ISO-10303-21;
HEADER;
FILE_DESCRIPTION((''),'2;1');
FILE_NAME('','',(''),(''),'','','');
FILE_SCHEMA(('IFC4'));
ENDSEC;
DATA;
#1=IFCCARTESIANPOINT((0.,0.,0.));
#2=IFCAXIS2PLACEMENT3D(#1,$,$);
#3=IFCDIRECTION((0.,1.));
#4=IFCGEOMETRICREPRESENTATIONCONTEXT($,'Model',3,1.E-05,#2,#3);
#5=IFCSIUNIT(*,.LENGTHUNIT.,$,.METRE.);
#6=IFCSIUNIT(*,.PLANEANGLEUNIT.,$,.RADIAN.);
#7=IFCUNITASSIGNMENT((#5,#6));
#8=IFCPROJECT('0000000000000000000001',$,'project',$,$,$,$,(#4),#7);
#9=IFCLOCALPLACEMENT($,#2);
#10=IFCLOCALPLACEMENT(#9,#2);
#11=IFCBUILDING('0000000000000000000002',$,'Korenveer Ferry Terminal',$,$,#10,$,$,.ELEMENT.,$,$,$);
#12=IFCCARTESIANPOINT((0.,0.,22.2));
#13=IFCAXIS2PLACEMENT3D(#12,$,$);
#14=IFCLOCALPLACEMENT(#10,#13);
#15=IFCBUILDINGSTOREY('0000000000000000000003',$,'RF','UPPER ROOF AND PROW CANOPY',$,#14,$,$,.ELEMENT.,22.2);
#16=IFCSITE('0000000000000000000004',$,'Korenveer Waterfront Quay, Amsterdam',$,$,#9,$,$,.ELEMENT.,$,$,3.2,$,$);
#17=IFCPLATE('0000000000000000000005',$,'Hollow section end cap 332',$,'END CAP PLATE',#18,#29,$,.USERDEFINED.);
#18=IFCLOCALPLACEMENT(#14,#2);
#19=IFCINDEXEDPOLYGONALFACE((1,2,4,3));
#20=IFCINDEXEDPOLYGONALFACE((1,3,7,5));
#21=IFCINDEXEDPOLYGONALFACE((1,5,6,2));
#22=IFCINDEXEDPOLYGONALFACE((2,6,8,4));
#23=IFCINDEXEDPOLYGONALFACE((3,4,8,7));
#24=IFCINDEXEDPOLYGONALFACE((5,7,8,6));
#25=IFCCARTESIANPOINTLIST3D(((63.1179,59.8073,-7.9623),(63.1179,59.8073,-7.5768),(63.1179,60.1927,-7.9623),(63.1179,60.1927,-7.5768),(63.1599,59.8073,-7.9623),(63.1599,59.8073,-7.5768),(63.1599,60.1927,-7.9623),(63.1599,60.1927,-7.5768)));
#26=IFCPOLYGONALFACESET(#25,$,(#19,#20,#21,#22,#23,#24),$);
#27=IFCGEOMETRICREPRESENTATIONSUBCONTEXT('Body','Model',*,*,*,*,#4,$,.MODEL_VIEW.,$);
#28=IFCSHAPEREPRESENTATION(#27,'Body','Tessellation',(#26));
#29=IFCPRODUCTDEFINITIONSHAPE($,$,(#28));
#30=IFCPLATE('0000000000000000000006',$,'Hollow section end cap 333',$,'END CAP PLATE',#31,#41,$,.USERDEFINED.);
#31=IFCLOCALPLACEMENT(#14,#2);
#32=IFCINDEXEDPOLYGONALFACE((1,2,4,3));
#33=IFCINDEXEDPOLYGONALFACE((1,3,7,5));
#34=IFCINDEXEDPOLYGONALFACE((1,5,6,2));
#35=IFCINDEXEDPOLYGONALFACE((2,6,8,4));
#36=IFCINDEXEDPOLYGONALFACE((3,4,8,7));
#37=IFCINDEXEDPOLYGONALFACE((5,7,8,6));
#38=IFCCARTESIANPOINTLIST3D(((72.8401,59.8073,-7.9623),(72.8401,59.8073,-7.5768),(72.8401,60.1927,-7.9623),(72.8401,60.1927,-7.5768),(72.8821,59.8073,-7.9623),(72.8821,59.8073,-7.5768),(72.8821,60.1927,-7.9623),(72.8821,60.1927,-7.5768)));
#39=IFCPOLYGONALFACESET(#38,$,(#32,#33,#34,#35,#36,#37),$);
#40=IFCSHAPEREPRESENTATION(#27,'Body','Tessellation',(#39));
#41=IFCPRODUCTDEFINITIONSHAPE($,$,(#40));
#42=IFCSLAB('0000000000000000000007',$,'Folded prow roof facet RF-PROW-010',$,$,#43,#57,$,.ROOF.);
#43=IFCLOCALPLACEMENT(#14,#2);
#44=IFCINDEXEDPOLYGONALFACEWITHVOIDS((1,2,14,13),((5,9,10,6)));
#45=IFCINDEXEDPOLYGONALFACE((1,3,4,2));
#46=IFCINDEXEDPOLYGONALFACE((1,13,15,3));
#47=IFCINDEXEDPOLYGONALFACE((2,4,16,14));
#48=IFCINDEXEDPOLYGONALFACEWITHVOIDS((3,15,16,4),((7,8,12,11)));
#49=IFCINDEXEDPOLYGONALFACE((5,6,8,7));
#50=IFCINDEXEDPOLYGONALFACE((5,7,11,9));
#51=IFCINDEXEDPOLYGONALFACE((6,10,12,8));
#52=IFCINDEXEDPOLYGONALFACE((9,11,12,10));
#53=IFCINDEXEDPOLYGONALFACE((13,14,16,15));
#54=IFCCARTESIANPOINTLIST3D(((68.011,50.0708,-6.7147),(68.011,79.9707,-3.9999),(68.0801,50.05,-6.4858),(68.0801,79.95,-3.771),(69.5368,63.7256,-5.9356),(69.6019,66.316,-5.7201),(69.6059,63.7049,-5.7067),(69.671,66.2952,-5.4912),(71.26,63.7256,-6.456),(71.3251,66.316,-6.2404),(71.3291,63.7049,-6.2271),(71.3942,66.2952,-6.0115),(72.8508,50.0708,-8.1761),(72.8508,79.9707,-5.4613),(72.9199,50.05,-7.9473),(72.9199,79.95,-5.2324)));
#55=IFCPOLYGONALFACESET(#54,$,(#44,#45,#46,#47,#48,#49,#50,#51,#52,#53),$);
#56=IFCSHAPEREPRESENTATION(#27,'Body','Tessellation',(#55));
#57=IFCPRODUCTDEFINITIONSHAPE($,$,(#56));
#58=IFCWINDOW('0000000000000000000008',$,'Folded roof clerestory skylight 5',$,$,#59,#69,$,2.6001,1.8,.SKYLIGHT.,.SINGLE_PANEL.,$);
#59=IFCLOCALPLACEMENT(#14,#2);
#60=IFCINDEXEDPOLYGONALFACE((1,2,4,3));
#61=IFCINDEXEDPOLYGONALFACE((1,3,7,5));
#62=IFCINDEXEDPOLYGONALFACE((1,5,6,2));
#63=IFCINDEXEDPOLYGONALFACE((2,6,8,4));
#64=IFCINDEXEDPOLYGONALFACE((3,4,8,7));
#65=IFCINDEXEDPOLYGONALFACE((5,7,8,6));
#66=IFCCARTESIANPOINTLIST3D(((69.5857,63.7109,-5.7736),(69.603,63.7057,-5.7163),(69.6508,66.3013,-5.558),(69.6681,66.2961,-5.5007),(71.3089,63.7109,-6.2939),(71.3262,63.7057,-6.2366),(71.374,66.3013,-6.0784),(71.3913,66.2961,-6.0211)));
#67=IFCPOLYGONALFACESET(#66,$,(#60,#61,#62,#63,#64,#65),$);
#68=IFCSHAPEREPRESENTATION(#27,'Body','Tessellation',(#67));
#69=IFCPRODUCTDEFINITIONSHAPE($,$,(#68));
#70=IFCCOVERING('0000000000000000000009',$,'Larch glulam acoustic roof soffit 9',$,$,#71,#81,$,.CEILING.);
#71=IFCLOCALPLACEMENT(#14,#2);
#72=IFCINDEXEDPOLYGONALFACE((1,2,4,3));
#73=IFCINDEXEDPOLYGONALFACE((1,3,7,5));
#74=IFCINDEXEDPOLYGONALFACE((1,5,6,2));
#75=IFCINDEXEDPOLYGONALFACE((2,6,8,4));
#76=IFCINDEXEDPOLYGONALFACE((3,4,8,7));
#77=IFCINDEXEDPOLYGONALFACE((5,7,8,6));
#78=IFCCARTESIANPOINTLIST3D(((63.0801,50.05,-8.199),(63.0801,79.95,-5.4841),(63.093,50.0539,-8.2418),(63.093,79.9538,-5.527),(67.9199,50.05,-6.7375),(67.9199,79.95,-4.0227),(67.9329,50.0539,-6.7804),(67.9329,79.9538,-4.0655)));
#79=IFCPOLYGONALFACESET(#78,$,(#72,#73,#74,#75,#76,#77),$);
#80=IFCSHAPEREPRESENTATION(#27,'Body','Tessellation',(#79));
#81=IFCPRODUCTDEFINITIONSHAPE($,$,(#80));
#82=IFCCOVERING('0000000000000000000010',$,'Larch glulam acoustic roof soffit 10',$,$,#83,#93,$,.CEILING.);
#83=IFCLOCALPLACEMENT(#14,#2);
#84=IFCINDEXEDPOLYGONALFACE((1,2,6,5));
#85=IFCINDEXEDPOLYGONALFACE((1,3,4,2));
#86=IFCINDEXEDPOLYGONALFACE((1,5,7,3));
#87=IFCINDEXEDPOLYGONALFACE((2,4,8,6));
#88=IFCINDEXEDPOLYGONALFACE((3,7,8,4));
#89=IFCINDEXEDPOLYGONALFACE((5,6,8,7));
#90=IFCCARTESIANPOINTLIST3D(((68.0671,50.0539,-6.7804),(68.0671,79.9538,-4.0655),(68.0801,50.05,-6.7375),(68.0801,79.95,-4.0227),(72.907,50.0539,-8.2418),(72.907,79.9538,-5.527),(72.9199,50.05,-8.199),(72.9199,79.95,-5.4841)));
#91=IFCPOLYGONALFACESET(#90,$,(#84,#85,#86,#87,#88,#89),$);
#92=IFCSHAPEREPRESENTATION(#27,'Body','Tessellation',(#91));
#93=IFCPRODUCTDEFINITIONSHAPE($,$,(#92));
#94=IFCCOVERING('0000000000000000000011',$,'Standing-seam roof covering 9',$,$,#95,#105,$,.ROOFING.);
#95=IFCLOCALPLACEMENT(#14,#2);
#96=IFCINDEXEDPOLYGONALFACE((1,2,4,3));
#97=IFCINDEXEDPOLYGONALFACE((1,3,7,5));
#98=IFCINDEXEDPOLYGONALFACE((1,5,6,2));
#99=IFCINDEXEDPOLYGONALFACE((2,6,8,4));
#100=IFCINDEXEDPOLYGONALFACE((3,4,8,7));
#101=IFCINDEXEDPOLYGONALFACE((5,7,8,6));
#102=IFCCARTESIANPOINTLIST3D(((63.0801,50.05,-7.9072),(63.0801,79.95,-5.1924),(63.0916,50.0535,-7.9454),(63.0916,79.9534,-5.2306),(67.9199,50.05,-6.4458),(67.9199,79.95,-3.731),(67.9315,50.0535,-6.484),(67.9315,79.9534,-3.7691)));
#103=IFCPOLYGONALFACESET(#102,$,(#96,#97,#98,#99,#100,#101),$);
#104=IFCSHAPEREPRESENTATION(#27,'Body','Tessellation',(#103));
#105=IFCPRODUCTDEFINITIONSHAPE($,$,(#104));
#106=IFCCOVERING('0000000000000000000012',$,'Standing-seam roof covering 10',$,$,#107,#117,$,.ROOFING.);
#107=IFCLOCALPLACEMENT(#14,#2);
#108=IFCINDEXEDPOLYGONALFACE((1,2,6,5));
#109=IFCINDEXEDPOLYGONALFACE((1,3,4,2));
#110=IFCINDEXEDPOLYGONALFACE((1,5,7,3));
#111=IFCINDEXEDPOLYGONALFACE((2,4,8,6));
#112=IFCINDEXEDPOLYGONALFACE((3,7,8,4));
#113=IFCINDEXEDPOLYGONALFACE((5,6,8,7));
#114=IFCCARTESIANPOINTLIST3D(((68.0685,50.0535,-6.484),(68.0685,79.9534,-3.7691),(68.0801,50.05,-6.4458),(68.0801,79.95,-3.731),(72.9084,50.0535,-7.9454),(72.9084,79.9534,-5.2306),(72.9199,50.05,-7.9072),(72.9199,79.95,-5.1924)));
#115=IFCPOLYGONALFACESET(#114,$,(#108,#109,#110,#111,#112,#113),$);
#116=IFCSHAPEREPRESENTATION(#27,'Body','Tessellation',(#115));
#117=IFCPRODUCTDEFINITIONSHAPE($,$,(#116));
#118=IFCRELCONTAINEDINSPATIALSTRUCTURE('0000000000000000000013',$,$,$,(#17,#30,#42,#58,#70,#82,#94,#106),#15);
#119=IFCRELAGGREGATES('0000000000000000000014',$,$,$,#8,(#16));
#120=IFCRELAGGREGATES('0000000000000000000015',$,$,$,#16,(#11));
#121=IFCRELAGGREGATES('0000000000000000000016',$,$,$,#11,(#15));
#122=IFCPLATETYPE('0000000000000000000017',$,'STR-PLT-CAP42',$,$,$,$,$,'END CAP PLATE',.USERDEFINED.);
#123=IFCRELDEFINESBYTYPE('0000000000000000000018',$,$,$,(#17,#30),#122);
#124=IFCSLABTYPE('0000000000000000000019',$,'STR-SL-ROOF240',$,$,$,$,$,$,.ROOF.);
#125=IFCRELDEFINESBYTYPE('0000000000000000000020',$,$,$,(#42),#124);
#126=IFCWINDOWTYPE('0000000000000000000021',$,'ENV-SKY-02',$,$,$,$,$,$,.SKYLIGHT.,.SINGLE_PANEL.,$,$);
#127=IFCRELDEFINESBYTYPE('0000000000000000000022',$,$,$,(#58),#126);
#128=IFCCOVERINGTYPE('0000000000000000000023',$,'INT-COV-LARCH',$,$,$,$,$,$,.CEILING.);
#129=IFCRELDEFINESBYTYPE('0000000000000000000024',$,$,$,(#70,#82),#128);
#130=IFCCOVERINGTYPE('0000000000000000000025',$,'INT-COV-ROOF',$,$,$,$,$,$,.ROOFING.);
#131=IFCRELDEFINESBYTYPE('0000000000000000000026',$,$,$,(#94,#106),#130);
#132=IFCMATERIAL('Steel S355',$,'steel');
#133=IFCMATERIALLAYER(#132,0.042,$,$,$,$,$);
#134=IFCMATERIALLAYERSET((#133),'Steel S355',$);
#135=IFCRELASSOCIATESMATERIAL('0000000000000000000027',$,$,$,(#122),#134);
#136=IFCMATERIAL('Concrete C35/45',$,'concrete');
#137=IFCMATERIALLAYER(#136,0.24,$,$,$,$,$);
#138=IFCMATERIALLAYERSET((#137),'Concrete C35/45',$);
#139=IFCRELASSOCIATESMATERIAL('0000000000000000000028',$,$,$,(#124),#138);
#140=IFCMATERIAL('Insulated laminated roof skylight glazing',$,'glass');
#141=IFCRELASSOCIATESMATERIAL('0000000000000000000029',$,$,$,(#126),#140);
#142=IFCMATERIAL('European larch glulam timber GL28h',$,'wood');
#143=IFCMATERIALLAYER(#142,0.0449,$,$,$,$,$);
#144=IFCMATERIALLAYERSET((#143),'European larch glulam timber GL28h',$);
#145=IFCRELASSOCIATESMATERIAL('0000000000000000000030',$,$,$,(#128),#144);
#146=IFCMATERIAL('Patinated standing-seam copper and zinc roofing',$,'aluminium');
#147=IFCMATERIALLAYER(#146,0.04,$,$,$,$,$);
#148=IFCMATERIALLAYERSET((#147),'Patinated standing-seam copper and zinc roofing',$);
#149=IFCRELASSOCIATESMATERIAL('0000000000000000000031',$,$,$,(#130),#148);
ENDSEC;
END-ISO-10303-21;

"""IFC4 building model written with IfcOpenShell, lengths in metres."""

from ifc_helpers import new_model, si_unit, direction, frame, origin, origin_2d, place, context, subcontext, project, spatial, polyline, rectangle, outline, extrude, material, layer, layer_set, type_object, element, fill, save


model = new_model("IFC4")

# Units and contexts
model_context = context("Model", 3, precision=1e-05, world=origin(), true_north=direction((0.0, 1.0)))
body_context = subcontext(model_context, "Body", "Model", "MODEL_VIEW")
ifc_project = project(units=[si_unit("LENGTHUNIT", "METRE"), si_unit("PLANEANGLEUNIT", "RADIAN")], contexts=[model_context])

# Site, building, storey
site_placement = place(None, origin())
site = spatial("IfcSite", under=ifc_project, at=site_placement, Name="Korenveer Waterfront Quay, Amsterdam", CompositionType="ELEMENT", RefElevation=3.2)
building_placement = place(site_placement, origin())
building = spatial("IfcBuilding", under=site, at=building_placement, Name="Korenveer Ferry Terminal", CompositionType="ELEMENT")
storey_placement = place(building_placement, frame((0.0, 0.0, 22.2)))
storey = spatial("IfcBuildingStorey", under=building, at=storey_placement, Name="RF", Description="UPPER ROOF AND PROW CANOPY", CompositionType="ELEMENT", Elevation=22.2)

# Shared definitions
ifc_material_1 = material(Name="Steel S355", Category="steel")

# Plates
ifc_layer_1 = layer(ifc_material_1, 0.042)
ifc_layer_set_1 = layer_set([ifc_layer_1], Name="Steel S355")
plate_type_1 = type_object("IfcPlateType", Name="STR-PLT-CAP42", ElementType="END CAP PLATE", PredefinedType="USERDEFINED", material=ifc_layer_set_1)
for number, where, z_axis, x_axis, name in (
    (1, (63.1179, 60.0, -7.7695), (1.0, 0.0, 0.0), (0.0, 1.0, 0.0), "Hollow section end cap 332"),
    (2, (72.8401, 60.0, -7.7695), (1.0, 0.0, 0.0), (0.0, 1.0, 0.0), "Hollow section end cap 333"),
):
    element("IfcPlate", number, at=place(storey_placement, frame(where, z_axis=z_axis, x_axis=x_axis)), inside=storey, type_object=plate_type_1, Name=name, ObjectType="END CAP PLATE", PredefinedType="USERDEFINED", context=body_context, shape_type="SweptSolid", body=[
        extrude(rectangle(XDim=0.3855, YDim=0.3855, at=origin_2d()), origin(), (0.0, 0.0, 1.0), 0.042),
    ])

# Slab, opening, window
ifc_material_2 = material(Name="Concrete C35/45", Category="concrete")
ifc_layer_2 = layer(ifc_material_2, 0.24)
ifc_layer_set_2 = layer_set([ifc_layer_2], Name="Concrete C35/45")
slab_type = type_object("IfcSlabType", Name="STR-SL-ROOF240", PredefinedType="ROOF", material=ifc_layer_set_2)
slab_placement = place(storey_placement, frame((68.0801, 50.05, -6.4858), z_axis=(0.287981, -0.086595, 0.953713), x_axis=(0.957309, 0.0, -0.289066)))
slab = element("IfcSlab", 3, at=slab_placement, inside=storey, type_object=slab_type, Name="Folded prow roof facet RF-PROW-010", PredefinedType="ROOF", context=body_context, shape_type="SweptSolid", body=[
    extrude(outline(polyline([(0.0, 0.0), (5.0557, 0.0), (4.2709, 30.0126), (-0.7848, 30.0126), (0.0, 0.0)])), origin(), (0.0, 0.0, -1.0), 0.24),
])
opening_placement = place(slab_placement, frame((2.1355, 15.0063, 0.01)))
opening = element("IfcOpeningElement", 4, at=opening_placement, cuts=slab, PredefinedType="OPENING", context=body_context, shape_type="SweptSolid", body=[
    extrude(rectangle(XDim=1.8, YDim=2.6001, at=origin_2d()), origin(), (0.0, 0.0, -1.0), 0.26),
])
ifc_material_3 = material(Name="Insulated laminated roof skylight glazing", Category="glass")
window_type = type_object("IfcWindowType", Name="ENV-SKY-02", PartitioningType="SINGLE_PANEL", PredefinedType="SKYLIGHT", material=ifc_material_3)
window_placement = place(slab_placement, frame((2.1355, 15.0063, -0.01)))
window = element("IfcWindow", 5, at=window_placement, inside=storey, type_object=window_type, Name="Folded roof clerestory skylight 5", OverallHeight=2.6001, OverallWidth=1.8, PartitioningType="SINGLE_PANEL", PredefinedType="SKYLIGHT", context=body_context, shape_type="SweptSolid", body=[
    extrude(rectangle(XDim=1.8, YDim=2.6001, at=origin_2d()), origin(), (0.0, 0.0, -1.0), 0.0601),
])
fill(opening, window)

# Coverings
ifc_material_4 = material(Name="European larch glulam timber GL28h", Category="wood")
ifc_layer_3 = layer(ifc_material_4, 0.0449)
ifc_layer_set_3 = layer_set([ifc_layer_3], Name="European larch glulam timber GL28h")
covering_type_1 = type_object("IfcCoveringType", Name="INT-COV-LARCH", PredefinedType="CEILING", material=ifc_layer_set_3)
covering_1_placement = place(storey_placement, frame((63.0801, 50.05, -8.199), z_axis=(-0.287981, -0.086595, 0.953713), x_axis=(0.957309, 0.0, 0.289066)))
element("IfcCovering", 6, at=covering_1_placement, inside=storey, type_object=covering_type_1, Name="Larch glulam acoustic roof soffit 9", PredefinedType="CEILING", context=body_context, shape_type="SweptSolid", body=[
    extrude(outline(polyline([(0.0, 0.0), (5.0557, 0.0), (5.8404, 30.0126), (0.7848, 30.0126), (0.0, 0.0)])), origin(), (0.0, 0.0, -1.0), 0.0449),
])
covering_2_placement = place(storey_placement, frame((68.0801, 50.05, -6.7375), z_axis=(0.287981, -0.086595, 0.953713), x_axis=(0.957309, 0.0, -0.289066)))
element("IfcCovering", 7, at=covering_2_placement, inside=storey, type_object=covering_type_1, Name="Larch glulam acoustic roof soffit 10", PredefinedType="CEILING", context=body_context, shape_type="SweptSolid", body=[
    extrude(outline(polyline([(0.0, 0.0), (5.0557, 0.0), (4.2709, 30.0126), (-0.7848, 30.0126), (0.0, 0.0)])), origin(), (0.0, 0.0, -1.0), 0.0449),
])
ifc_material_5 = material(Name="Patinated standing-seam copper and zinc roofing", Category="aluminium")
ifc_layer_4 = layer(ifc_material_5, 0.04)
ifc_layer_set_4 = layer_set([ifc_layer_4], Name="Patinated standing-seam copper and zinc roofing")
covering_type_2 = type_object("IfcCoveringType", Name="INT-COV-ROOF", PredefinedType="ROOFING", material=ifc_layer_set_4)
covering_3_placement = place(storey_placement, frame((63.0801, 50.05, -7.9072), z_axis=(-0.287981, -0.086595, 0.953713), x_axis=(0.957309, 0.0, 0.289066)))
element("IfcCovering", 8, at=covering_3_placement, inside=storey, type_object=covering_type_2, Name="Standing-seam roof covering 9", PredefinedType="ROOFING", context=body_context, shape_type="SweptSolid", body=[
    extrude(outline(polyline([(0.0, 0.0), (5.0557, 0.0), (5.8404, 30.0126), (0.7848, 30.0126), (0.0, 0.0)])), origin(), (0.0, 0.0, -1.0), 0.04),
])
covering_4_placement = place(storey_placement, frame((68.0801, 50.05, -6.4458), z_axis=(0.287981, -0.086595, 0.953713), x_axis=(0.957309, 0.0, -0.289066)))
element("IfcCovering", 9, at=covering_4_placement, inside=storey, type_object=covering_type_2, Name="Standing-seam roof covering 10", PredefinedType="ROOFING", context=body_context, shape_type="SweptSolid", body=[
    extrude(outline(polyline([(0.0, 0.0), (5.0557, 0.0), (4.2709, 30.0126), (-0.7848, 30.0126), (0.0, 0.0)])), origin(), (0.0, 0.0, -1.0), 0.04),
])

save(model, "model.ifc")
